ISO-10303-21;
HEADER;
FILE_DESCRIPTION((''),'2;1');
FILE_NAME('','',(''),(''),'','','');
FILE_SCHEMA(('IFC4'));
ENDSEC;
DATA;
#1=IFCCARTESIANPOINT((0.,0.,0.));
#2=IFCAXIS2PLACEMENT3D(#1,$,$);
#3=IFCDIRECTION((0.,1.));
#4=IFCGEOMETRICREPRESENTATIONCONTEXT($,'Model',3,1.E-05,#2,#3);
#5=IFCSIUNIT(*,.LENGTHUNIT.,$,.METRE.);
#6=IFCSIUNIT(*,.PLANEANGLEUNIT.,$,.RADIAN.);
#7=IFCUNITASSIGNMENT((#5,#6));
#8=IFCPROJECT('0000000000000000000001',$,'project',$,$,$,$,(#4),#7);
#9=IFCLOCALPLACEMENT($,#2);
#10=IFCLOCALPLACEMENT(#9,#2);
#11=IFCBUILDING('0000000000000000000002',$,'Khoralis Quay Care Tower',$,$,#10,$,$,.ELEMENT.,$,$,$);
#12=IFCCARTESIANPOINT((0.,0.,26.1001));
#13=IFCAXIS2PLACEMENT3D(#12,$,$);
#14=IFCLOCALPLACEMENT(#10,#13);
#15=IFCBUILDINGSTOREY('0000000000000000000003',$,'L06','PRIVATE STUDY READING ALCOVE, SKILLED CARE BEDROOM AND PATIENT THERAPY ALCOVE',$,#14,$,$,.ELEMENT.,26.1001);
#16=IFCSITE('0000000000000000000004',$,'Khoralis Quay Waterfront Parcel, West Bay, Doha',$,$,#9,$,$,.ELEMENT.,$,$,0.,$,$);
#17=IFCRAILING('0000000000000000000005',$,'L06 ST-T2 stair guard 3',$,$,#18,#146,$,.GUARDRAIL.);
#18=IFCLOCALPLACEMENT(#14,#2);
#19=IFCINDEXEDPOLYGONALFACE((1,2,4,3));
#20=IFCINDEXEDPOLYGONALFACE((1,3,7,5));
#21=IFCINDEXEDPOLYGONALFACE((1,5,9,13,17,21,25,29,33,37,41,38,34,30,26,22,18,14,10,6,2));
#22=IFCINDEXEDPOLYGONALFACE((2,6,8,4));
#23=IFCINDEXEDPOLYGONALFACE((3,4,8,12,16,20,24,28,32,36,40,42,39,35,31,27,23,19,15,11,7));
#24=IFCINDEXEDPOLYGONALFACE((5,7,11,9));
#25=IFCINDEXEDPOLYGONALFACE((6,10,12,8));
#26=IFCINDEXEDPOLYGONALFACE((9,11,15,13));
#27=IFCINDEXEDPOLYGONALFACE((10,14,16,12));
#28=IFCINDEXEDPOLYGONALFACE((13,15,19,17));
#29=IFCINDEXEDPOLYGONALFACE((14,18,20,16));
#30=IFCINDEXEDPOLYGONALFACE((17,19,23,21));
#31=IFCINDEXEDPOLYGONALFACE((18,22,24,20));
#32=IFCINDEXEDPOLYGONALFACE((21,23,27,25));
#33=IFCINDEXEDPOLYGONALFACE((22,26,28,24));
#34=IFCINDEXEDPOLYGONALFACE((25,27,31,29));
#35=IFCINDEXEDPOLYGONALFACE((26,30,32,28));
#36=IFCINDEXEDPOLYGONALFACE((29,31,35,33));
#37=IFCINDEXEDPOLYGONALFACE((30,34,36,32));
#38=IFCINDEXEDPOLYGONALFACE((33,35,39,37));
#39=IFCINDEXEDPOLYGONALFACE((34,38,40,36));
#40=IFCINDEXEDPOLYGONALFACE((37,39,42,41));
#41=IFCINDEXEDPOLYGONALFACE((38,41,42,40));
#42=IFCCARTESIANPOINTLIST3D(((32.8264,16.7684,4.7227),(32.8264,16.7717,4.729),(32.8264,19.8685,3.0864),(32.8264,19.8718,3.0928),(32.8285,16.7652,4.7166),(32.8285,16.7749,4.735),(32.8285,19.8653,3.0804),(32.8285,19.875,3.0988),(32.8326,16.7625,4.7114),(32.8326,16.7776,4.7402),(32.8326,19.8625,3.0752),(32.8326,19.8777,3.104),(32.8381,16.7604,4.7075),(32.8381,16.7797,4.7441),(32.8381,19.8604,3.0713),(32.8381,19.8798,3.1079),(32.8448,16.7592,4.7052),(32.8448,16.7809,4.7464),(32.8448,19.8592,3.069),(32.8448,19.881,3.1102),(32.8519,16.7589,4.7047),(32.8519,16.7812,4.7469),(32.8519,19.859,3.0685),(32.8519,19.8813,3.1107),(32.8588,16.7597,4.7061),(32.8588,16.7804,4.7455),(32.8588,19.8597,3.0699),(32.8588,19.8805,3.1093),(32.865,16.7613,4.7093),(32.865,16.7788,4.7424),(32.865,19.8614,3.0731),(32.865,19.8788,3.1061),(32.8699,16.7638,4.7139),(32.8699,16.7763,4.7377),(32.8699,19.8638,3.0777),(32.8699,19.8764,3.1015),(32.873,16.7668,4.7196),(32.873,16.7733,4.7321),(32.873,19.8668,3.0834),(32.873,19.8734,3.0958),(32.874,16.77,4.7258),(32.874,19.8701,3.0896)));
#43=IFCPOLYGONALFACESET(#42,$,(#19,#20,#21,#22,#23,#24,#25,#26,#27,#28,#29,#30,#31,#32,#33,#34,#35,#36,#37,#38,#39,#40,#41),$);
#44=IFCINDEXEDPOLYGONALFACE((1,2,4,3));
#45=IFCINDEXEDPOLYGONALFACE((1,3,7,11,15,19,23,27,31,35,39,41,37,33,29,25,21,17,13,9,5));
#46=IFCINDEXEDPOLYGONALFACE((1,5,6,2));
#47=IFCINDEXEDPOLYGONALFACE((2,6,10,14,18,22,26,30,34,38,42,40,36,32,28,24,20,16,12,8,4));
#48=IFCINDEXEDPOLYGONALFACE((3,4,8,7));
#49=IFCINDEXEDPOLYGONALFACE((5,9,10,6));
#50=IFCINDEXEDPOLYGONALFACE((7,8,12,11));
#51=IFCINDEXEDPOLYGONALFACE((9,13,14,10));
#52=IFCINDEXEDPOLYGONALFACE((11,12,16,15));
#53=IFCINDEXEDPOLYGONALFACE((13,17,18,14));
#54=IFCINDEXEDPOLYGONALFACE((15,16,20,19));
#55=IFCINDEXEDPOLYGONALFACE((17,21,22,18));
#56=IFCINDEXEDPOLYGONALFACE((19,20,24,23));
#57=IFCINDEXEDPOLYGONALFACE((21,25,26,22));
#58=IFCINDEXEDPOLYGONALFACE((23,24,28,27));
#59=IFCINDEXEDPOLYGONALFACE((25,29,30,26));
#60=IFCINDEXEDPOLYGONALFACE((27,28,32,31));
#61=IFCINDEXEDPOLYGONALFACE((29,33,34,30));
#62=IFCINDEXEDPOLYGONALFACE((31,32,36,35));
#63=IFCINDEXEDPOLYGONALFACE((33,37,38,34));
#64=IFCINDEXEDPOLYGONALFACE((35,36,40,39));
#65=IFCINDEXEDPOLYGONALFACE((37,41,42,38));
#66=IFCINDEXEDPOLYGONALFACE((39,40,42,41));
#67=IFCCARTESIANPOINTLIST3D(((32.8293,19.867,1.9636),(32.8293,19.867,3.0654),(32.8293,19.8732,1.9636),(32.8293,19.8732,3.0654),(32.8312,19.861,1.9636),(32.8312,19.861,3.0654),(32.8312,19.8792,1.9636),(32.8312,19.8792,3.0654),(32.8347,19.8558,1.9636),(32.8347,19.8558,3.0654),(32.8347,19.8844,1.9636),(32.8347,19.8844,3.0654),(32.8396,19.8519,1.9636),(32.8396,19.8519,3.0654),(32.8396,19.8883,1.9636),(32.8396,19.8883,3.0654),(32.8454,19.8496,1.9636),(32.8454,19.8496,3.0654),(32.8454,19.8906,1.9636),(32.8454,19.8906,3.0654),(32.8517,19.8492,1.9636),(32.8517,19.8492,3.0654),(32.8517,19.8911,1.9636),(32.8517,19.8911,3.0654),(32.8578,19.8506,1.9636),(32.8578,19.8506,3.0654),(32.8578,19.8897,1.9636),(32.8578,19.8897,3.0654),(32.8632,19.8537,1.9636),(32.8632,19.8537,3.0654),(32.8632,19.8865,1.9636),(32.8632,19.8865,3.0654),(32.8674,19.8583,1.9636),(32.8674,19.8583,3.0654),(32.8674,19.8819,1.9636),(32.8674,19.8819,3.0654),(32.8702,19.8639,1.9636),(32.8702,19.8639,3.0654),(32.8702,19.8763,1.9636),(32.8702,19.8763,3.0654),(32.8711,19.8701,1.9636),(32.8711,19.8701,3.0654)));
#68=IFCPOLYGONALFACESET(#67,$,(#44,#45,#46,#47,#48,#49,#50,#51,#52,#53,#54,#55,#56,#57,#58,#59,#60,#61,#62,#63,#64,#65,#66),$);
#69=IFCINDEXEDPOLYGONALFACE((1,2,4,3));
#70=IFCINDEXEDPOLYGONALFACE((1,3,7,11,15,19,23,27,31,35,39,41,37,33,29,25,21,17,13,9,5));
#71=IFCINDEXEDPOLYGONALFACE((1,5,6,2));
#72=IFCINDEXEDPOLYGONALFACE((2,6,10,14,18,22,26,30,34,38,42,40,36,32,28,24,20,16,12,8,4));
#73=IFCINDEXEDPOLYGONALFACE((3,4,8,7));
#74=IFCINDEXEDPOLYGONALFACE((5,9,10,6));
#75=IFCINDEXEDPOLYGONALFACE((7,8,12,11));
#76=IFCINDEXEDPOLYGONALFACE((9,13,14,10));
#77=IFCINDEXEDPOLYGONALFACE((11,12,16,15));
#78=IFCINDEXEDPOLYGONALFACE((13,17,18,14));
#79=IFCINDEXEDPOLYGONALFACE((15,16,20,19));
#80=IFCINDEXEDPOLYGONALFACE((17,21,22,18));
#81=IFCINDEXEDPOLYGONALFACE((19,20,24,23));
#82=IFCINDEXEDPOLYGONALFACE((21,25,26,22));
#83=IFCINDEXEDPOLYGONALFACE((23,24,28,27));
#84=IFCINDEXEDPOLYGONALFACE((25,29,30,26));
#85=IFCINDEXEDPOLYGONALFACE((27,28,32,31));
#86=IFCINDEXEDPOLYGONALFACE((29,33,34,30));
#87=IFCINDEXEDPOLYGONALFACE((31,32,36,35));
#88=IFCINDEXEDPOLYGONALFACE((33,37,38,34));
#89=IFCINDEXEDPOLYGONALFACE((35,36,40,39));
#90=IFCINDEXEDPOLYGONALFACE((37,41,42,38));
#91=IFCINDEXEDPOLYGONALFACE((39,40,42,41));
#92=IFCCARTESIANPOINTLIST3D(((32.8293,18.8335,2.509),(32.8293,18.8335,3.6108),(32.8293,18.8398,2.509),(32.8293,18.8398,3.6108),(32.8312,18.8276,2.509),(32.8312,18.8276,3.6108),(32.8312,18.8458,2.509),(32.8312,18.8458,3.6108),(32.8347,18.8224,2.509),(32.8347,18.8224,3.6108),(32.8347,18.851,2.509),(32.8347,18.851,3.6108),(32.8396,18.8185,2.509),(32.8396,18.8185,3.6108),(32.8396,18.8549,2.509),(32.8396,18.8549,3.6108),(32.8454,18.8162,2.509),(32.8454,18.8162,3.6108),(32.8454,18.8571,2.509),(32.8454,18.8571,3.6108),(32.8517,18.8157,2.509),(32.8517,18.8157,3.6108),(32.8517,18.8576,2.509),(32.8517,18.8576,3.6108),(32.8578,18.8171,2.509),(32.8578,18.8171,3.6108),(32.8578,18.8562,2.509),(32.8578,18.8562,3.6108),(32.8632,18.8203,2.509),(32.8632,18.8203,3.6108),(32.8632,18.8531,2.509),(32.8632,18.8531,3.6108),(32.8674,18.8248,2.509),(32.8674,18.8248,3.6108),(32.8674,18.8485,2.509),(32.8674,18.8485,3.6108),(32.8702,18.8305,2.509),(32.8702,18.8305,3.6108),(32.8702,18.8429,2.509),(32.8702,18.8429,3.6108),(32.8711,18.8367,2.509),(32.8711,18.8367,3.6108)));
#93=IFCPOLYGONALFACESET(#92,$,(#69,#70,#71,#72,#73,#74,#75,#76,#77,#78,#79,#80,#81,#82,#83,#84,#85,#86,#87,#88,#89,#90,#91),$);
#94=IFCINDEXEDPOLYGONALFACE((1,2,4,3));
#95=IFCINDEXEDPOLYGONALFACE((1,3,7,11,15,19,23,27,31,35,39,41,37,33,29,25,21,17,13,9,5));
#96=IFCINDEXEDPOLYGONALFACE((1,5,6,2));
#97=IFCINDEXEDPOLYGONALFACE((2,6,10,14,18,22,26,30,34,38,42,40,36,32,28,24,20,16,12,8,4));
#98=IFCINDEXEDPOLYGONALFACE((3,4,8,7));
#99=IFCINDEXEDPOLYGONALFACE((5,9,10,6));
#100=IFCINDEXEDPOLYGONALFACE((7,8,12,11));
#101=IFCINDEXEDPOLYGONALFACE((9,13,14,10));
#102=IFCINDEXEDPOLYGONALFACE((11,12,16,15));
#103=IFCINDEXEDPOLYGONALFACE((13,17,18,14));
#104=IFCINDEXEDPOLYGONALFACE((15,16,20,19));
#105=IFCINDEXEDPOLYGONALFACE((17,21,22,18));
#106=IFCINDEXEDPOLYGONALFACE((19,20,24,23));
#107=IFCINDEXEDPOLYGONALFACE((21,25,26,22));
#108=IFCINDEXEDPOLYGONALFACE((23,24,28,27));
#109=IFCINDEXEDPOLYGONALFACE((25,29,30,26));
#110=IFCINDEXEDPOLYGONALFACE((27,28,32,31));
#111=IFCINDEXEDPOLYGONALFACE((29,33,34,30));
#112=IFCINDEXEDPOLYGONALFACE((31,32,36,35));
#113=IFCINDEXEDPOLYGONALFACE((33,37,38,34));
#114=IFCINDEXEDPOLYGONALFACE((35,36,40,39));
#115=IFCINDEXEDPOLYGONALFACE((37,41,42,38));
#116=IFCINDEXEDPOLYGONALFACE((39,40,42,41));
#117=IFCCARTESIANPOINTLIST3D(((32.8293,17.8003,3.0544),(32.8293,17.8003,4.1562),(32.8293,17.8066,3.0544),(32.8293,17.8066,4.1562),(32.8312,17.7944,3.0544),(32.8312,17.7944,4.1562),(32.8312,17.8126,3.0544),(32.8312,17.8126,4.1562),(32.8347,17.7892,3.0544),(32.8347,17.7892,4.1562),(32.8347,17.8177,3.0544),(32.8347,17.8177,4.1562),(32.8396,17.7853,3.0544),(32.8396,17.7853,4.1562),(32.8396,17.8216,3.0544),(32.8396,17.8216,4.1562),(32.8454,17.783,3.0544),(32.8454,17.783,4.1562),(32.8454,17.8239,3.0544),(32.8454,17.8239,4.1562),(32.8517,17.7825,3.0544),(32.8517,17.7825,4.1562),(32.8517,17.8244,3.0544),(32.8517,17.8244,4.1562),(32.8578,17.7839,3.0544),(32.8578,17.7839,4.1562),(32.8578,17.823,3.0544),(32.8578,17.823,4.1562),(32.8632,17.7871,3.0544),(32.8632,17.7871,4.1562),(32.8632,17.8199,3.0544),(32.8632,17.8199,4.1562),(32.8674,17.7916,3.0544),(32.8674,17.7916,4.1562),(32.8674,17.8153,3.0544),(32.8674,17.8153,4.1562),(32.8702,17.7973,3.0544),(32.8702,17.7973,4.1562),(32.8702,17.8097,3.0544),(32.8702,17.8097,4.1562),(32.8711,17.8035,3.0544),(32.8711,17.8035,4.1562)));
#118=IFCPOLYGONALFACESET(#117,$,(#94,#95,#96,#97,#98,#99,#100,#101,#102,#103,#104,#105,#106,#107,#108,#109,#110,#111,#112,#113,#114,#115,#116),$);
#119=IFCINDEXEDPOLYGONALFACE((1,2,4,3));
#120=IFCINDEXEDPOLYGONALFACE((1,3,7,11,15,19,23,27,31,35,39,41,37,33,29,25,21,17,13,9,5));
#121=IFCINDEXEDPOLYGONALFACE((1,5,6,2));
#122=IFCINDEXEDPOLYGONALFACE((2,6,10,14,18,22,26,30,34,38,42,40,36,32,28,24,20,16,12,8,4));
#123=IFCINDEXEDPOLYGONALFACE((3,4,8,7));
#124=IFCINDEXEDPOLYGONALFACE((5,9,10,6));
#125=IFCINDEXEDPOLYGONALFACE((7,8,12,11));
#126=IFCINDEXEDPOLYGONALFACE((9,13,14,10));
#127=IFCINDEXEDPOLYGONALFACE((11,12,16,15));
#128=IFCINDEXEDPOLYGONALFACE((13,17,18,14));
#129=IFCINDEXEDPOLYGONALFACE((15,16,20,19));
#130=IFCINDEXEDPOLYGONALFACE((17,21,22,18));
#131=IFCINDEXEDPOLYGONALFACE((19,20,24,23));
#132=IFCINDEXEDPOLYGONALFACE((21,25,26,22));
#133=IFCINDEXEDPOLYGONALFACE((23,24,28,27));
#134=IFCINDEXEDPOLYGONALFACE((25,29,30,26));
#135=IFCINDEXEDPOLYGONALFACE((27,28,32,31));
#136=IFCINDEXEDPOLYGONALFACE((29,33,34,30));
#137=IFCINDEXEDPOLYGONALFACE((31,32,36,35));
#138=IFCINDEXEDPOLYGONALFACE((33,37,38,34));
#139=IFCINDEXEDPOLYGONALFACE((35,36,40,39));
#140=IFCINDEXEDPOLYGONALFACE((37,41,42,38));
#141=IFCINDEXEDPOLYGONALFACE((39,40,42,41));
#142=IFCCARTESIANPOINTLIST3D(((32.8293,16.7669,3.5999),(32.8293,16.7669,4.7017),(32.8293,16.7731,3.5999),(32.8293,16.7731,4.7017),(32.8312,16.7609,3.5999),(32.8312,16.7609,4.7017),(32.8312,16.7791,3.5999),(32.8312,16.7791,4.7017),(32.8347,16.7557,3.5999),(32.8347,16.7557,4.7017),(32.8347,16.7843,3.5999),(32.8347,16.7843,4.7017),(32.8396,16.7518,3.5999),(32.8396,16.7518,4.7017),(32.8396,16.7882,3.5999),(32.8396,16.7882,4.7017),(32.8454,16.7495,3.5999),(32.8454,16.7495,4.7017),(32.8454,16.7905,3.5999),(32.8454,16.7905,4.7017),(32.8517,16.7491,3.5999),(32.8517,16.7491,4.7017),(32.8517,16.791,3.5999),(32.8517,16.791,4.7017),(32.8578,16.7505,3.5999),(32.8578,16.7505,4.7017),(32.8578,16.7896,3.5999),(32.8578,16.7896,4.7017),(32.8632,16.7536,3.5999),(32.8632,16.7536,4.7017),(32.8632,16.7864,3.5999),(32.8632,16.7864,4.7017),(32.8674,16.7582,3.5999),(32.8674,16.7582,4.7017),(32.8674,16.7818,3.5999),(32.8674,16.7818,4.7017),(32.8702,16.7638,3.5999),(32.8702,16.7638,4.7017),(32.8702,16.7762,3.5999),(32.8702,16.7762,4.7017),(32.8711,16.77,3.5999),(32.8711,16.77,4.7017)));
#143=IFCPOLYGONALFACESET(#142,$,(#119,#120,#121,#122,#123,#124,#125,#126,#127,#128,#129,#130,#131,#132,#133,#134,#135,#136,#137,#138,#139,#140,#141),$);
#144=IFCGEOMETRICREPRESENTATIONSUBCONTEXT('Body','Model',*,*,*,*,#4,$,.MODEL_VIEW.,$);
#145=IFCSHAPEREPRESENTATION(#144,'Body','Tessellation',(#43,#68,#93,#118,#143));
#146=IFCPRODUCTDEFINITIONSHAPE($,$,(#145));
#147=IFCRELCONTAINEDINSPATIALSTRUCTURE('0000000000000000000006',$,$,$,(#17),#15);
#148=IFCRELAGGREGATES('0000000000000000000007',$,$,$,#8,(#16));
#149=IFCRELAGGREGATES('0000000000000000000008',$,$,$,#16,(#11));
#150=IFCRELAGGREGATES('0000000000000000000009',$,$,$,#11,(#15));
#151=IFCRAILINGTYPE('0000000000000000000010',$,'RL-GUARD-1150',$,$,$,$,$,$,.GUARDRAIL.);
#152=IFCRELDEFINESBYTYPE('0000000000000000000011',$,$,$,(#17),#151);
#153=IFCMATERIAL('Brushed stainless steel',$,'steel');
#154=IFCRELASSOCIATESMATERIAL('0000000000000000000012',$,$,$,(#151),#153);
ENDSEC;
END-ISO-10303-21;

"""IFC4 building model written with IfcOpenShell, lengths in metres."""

from ifc_helpers import new_model, si_unit, direction, frame, origin, origin_2d, place, context, subcontext, project, spatial, circle, extrude, material, type_object, element, save


model = new_model("IFC4")

# Units and contexts
model_context = context("Model", 3, precision=1e-05, world=origin(), true_north=direction((0.0, 1.0)))
body_context = subcontext(model_context, "Body", "Model", "MODEL_VIEW")
ifc_project = project(units=[si_unit("LENGTHUNIT", "METRE"), si_unit("PLANEANGLEUNIT", "RADIAN")], contexts=[model_context])

# Site, building, storey
site_placement = place(None, origin())
site = spatial("IfcSite", under=ifc_project, at=site_placement, Name="Khoralis Quay Waterfront Parcel, West Bay, Doha", CompositionType="ELEMENT", RefElevation=0.0)
building_placement = place(site_placement, origin())
building = spatial("IfcBuilding", under=site, at=building_placement, Name="Khoralis Quay Care Tower", CompositionType="ELEMENT")
storey_placement = place(building_placement, frame((0.0, 0.0, 26.1001)))
storey = spatial("IfcBuildingStorey", under=building, at=storey_placement, Name="L06", Description="PRIVATE STUDY READING ALCOVE, SKILLED CARE BEDROOM AND PATIENT THERAPY ALCOVE", CompositionType="ELEMENT", Elevation=26.1001)

# Shared definitions
ifc_material_1 = material(Name="Brushed stainless steel", Category="steel")

# Railing
railing_type_1 = type_object("IfcRailingType", Name="RL-GUARD-1150", PredefinedType="GUARDRAIL", material=ifc_material_1)
railing_1_placement = place(storey_placement, frame((32.8501, 19.8701, 1.9636)))
element("IfcRailing", 1, at=railing_1_placement, inside=storey, type_object=railing_type_1, Name="L06 ST-T2 stair guard 3", PredefinedType="GUARDRAIL", context=body_context, shape_type="SweptSolid", body=[
    extrude(circle(Radius=0.0239, at=origin_2d()), frame((0.0, 0.0, 1.126), z_axis=(0.0, -0.884377, 0.466774), x_axis=(1.0, 0.0, 0.0)), (0.0, 0.0, 1.0), 3.5054),
    extrude(circle(Radius=0.021, at=origin_2d()), origin(), (0.0, 0.0, 1.0), 1.1018),
    extrude(circle(Radius=0.021, at=origin_2d()), frame((0.0, -1.0334, 0.5454)), (0.0, 0.0, 1.0), 1.1018),
    extrude(circle(Radius=0.021, at=origin_2d()), frame((0.0, -2.0667, 1.0908)), (0.0, 0.0, 1.0), 1.1018),
    extrude(circle(Radius=0.021, at=origin_2d()), frame((0.0, -3.1001, 1.6362)), (0.0, 0.0, 1.0), 1.1018),
])

save(model, "model.ifc")
